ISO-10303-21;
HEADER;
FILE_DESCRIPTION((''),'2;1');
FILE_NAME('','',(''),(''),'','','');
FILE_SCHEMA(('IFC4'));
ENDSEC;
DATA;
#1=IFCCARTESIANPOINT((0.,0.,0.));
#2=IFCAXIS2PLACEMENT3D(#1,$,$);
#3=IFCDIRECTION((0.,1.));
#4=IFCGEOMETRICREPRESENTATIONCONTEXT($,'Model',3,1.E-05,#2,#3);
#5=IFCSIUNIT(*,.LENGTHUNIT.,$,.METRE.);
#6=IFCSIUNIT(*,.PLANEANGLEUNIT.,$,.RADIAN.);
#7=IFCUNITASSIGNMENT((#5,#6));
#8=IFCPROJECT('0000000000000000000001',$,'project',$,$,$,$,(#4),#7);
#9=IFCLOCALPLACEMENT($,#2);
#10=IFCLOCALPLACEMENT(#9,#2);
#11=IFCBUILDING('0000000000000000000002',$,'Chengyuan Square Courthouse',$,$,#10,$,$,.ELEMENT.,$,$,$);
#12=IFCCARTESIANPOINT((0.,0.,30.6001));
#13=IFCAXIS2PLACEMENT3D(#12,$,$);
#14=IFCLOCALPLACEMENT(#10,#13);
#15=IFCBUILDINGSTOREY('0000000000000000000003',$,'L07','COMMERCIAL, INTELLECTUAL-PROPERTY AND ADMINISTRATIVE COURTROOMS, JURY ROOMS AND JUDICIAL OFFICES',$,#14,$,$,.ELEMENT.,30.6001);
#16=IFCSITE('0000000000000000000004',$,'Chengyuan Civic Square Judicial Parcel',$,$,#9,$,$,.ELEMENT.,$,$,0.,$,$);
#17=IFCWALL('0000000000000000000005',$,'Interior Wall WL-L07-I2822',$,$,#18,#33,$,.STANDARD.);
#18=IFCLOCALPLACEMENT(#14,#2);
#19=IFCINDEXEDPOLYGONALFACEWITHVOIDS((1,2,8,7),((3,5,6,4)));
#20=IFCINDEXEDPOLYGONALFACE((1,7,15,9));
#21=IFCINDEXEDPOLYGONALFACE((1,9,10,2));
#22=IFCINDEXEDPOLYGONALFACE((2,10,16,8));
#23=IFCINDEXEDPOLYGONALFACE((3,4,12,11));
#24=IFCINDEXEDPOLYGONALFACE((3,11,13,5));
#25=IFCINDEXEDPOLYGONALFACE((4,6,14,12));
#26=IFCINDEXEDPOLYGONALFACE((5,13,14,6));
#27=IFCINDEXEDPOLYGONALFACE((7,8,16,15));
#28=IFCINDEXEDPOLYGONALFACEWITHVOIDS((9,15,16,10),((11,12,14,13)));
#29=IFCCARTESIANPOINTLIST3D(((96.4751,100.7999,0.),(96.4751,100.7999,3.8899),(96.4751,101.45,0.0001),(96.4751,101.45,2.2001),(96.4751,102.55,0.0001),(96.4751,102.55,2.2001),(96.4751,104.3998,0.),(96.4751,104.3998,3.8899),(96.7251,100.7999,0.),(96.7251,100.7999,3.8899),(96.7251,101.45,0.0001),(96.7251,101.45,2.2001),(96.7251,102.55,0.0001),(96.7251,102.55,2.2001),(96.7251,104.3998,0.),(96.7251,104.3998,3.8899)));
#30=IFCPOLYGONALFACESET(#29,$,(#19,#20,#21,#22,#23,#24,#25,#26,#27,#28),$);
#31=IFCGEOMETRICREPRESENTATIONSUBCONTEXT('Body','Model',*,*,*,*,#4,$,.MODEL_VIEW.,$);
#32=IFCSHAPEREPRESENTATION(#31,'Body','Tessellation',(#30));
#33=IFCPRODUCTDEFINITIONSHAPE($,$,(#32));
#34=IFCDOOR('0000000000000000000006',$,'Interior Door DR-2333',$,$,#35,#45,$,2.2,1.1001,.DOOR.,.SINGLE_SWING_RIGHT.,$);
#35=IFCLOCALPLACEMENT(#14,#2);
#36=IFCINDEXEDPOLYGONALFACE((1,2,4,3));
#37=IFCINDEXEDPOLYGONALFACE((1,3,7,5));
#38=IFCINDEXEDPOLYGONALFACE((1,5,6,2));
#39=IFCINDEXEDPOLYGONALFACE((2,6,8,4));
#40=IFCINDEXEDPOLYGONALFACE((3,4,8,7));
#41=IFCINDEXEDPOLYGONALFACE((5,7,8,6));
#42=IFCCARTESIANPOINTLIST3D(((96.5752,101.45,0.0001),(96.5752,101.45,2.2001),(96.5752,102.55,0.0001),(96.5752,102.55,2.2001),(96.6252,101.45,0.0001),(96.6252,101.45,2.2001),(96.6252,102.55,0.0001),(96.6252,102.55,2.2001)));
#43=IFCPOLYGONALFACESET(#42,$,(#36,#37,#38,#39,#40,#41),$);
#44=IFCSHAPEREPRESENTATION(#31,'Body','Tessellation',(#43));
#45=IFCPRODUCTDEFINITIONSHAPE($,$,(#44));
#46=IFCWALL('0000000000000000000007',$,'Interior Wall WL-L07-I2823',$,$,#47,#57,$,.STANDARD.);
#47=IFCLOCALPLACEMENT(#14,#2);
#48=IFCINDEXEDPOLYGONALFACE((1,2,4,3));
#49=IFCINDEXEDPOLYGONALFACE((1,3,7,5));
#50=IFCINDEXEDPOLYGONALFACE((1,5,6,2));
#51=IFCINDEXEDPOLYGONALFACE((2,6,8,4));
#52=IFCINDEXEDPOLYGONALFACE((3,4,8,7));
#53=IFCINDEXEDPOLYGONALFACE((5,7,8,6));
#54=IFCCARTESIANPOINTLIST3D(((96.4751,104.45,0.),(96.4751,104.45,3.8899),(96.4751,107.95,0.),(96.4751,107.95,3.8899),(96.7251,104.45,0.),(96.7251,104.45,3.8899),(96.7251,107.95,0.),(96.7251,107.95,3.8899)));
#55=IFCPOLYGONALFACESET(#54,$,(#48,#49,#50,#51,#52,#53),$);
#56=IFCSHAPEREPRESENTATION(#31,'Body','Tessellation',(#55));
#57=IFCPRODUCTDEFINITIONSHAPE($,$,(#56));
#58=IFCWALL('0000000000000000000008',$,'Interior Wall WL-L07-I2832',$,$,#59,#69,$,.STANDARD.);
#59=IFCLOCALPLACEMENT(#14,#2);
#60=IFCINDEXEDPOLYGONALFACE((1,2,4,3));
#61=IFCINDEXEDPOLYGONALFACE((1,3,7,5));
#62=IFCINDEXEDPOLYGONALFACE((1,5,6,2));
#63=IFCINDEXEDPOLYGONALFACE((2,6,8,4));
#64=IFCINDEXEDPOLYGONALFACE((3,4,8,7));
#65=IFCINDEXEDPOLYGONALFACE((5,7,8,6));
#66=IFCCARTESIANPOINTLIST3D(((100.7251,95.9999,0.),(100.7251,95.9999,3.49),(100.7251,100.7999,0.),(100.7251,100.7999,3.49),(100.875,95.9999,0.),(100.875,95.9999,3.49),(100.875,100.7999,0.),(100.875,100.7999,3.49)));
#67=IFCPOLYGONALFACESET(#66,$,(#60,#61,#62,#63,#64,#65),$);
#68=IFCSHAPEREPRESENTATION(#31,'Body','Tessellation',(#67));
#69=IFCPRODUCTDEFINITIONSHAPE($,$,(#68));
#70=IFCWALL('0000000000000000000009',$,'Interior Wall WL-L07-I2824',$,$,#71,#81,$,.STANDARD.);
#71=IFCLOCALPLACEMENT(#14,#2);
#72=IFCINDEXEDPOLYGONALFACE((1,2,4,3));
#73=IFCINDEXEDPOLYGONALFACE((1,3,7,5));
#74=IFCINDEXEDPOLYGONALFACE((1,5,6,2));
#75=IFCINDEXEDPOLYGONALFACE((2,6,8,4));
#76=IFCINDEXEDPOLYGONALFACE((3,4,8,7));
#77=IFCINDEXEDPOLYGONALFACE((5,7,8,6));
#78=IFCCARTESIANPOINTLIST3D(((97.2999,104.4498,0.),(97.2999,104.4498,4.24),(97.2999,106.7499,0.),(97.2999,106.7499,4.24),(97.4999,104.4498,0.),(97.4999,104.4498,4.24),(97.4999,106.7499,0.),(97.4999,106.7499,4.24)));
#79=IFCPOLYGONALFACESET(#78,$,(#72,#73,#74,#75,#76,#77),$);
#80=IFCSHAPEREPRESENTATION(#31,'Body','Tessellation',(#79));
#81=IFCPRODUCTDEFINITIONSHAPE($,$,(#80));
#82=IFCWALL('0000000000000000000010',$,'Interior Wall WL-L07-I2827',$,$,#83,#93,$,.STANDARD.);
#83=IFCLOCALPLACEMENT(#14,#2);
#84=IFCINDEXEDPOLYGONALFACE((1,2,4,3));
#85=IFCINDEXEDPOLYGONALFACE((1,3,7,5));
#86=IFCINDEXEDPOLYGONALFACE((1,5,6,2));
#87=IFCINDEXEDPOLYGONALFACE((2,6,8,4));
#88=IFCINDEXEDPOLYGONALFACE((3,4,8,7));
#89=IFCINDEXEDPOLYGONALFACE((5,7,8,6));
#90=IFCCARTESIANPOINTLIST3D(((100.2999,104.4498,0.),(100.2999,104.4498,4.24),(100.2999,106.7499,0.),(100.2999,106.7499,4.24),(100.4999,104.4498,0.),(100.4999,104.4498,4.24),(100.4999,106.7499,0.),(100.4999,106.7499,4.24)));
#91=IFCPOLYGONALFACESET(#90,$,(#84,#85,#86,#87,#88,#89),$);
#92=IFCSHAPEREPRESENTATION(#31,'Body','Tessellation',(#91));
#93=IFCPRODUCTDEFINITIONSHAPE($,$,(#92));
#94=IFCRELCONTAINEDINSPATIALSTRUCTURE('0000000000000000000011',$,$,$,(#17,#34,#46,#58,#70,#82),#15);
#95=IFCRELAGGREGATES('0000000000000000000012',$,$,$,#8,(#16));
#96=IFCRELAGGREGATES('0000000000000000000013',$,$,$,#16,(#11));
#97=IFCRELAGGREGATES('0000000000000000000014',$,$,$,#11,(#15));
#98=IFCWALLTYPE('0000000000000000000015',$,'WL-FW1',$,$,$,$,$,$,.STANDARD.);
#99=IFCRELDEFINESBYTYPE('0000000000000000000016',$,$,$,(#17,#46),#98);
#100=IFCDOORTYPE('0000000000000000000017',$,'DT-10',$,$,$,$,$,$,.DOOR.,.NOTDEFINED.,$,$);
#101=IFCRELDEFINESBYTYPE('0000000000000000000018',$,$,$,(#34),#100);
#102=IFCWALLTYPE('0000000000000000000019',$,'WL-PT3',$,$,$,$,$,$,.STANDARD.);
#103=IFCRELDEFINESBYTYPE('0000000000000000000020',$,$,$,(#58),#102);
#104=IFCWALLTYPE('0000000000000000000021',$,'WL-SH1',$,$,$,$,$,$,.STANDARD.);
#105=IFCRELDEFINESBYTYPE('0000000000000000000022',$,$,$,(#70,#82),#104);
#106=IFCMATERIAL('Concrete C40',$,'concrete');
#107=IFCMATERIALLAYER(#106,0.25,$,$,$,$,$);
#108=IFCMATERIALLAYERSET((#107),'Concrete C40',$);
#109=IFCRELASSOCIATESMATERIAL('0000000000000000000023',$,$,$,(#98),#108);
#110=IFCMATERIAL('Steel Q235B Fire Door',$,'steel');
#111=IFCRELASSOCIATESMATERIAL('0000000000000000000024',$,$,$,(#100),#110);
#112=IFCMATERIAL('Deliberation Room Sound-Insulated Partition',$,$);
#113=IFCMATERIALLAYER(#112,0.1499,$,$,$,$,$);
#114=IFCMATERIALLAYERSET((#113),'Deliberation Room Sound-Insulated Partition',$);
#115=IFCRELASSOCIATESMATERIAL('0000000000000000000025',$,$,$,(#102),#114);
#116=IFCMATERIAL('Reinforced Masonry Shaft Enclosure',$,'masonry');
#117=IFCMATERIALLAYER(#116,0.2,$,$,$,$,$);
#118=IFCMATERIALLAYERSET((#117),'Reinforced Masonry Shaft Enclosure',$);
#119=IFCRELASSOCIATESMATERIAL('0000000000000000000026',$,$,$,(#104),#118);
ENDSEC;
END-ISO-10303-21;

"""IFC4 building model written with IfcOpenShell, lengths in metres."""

from ifc_helpers import new_model, si_unit, direction, frame, frame_2d, origin, place, context, subcontext, project, spatial, rectangle, extrude, material, layer, layer_set, type_object, element, fill, save


model = new_model("IFC4")

# Units and contexts
model_context = context("Model", 3, precision=1e-05, world=origin(), true_north=direction((0.0, 1.0)))
body_context = subcontext(model_context, "Body", "Model", "MODEL_VIEW")
ifc_project = project(units=[si_unit("LENGTHUNIT", "METRE"), si_unit("PLANEANGLEUNIT", "RADIAN")], contexts=[model_context])

# Site, building, storey
site_placement = place(None, origin())
site = spatial("IfcSite", under=ifc_project, at=site_placement, Name="Chengyuan Civic Square Judicial Parcel", CompositionType="ELEMENT", RefElevation=0.0)
building_placement = place(site_placement, origin())
building = spatial("IfcBuilding", under=site, at=building_placement, Name="Chengyuan Square Courthouse", CompositionType="ELEMENT")
storey_placement = place(building_placement, frame((0.0, 0.0, 30.6001)))
storey = spatial("IfcBuildingStorey", under=building, at=storey_placement, Name="L07", Description="COMMERCIAL, INTELLECTUAL-PROPERTY AND ADMINISTRATIVE COURTROOMS, JURY ROOMS AND JUDICIAL OFFICES", CompositionType="ELEMENT", Elevation=30.6001)

# Shared definitions
ifc_material_1 = material(Name="Concrete C40", Category="concrete")

# Wall, opening, door
ifc_layer_1 = layer(ifc_material_1, 0.25)
ifc_layer_set_1 = layer_set([ifc_layer_1], Name="Concrete C40")
wall_type_1 = type_object("IfcWallType", Name="WL-FW1", PredefinedType="STANDARD", material=ifc_layer_set_1)
ifc_material_2 = material(Name="Steel Q235B Fire Door", Category="steel")
wall_1_placement = place(storey_placement, frame((96.6001, 100.8, 0.0), z_axis=(0.0, 0.0, 1.0), x_axis=(0.0, 1.0, 0.0)))
wall_1 = element("IfcWall", 1, at=wall_1_placement, inside=storey, type_object=wall_type_1, Name="Interior Wall WL-L07-I2822", PredefinedType="STANDARD", context=body_context, shape_type="SweptSolid", body=[
    extrude(rectangle(XDim=3.5999, YDim=0.25, at=frame_2d((1.7998, 0.0))), origin(), (0.0, 0.0, 1.0), 3.8899),
])
opening_1_placement = place(wall_1_placement, frame((0.6499, 0.0, 0.0)))
opening_1 = element("IfcOpeningElement", 2, at=opening_1_placement, cuts=wall_1, PredefinedType="OPENING", context=body_context, shape_type="SweptSolid", body=[
    extrude(rectangle(XDim=1.1001, YDim=2.2, at=frame_2d((0.55, 1.1001))), frame((0.0, 0.137, 0.0), z_axis=(0.0, -1.0, 0.0), x_axis=(1.0, 0.0, 0.0)), (0.0, 0.0, 1.0), 0.2739),
])
door_type_1 = type_object("IfcDoorType", Name="DT-10", OperationType="NOTDEFINED", PredefinedType="DOOR", material=ifc_material_2)
door_1_placement = place(opening_1_placement, origin())
door_1 = element("IfcDoor", 3, at=door_1_placement, inside=storey, type_object=door_type_1, Name="Interior Door DR-2333", OperationType="SINGLE_SWING_RIGHT", OverallHeight=2.2, OverallWidth=1.1001, PredefinedType="DOOR", context=body_context, shape_type="SweptSolid", body=[
    extrude(rectangle(XDim=1.1001, YDim=2.2, at=frame_2d((0.55, 1.1001))), frame((0.0, 0.0249, 0.0), z_axis=(0.0, -1.0, 0.0), x_axis=(1.0, 0.0, 0.0)), (0.0, 0.0, 1.0), 0.05),
])
fill(opening_1, door_1)

# Walls
wall_2_placement = place(storey_placement, frame((96.6001, 104.45, 0.0), z_axis=(0.0, 0.0, 1.0), x_axis=(0.0, 1.0, 0.0)))
element("IfcWall", 4, at=wall_2_placement, inside=storey, type_object=wall_type_1, Name="Interior Wall WL-L07-I2823", PredefinedType="STANDARD", context=body_context, shape_type="SweptSolid", body=[
    extrude(rectangle(XDim=3.5, YDim=0.25, at=frame_2d((1.75, 0.0))), origin(), (0.0, 0.0, 1.0), 3.8899),
])
ifc_material_3 = material(Name="Deliberation Room Sound-Insulated Partition")
ifc_layer_2 = layer(ifc_material_3, 0.1499)
ifc_layer_set_2 = layer_set([ifc_layer_2], Name="Deliberation Room Sound-Insulated Partition")
wall_type_2 = type_object("IfcWallType", Name="WL-PT3", PredefinedType="STANDARD", material=ifc_layer_set_2)
wall_3_placement = place(storey_placement, frame((100.8, 96.0, 0.0), z_axis=(0.0, 0.0, 1.0), x_axis=(0.0, 1.0, 0.0)))
element("IfcWall", 5, at=wall_3_placement, inside=storey, type_object=wall_type_2, Name="Interior Wall WL-L07-I2832", PredefinedType="STANDARD", context=body_context, shape_type="SweptSolid", body=[
    extrude(rectangle(XDim=4.8, YDim=0.1499, at=frame_2d((2.3999, 0.0))), origin(), (0.0, 0.0, 1.0), 3.49),
])

# Shared definitions
ifc_material_4 = material(Name="Reinforced Masonry Shaft Enclosure", Category="masonry")
ifc_layer_3 = layer(ifc_material_4, 0.2)
ifc_layer_set_3 = layer_set([ifc_layer_3], Name="Reinforced Masonry Shaft Enclosure")
wall_type_3 = type_object("IfcWallType", Name="WL-SH1", PredefinedType="STANDARD", material=ifc_layer_set_3)

# Walls
for number, where, z_axis, x_axis, name in (
    (6, (97.3999, 104.45, 0.0), (0.0, 0.0, 1.0), (0.0, 1.0, 0.0), "Interior Wall WL-L07-I2824"),
    (7, (100.3999, 104.45, 0.0), (0.0, 0.0, 1.0), (0.0, 1.0, 0.0), "Interior Wall WL-L07-I2827"),
):
    element("IfcWall", number, at=place(storey_placement, frame(where, z_axis=z_axis, x_axis=x_axis)), inside=storey, type_object=wall_type_3, Name=name, PredefinedType="STANDARD", context=body_context, shape_type="SweptSolid", body=[
        extrude(rectangle(XDim=2.3, YDim=0.2, at=frame_2d((1.1499, 0.0))), origin(), (0.0, 0.0, 1.0), 4.24),
    ])

save(model, "model.ifc")
